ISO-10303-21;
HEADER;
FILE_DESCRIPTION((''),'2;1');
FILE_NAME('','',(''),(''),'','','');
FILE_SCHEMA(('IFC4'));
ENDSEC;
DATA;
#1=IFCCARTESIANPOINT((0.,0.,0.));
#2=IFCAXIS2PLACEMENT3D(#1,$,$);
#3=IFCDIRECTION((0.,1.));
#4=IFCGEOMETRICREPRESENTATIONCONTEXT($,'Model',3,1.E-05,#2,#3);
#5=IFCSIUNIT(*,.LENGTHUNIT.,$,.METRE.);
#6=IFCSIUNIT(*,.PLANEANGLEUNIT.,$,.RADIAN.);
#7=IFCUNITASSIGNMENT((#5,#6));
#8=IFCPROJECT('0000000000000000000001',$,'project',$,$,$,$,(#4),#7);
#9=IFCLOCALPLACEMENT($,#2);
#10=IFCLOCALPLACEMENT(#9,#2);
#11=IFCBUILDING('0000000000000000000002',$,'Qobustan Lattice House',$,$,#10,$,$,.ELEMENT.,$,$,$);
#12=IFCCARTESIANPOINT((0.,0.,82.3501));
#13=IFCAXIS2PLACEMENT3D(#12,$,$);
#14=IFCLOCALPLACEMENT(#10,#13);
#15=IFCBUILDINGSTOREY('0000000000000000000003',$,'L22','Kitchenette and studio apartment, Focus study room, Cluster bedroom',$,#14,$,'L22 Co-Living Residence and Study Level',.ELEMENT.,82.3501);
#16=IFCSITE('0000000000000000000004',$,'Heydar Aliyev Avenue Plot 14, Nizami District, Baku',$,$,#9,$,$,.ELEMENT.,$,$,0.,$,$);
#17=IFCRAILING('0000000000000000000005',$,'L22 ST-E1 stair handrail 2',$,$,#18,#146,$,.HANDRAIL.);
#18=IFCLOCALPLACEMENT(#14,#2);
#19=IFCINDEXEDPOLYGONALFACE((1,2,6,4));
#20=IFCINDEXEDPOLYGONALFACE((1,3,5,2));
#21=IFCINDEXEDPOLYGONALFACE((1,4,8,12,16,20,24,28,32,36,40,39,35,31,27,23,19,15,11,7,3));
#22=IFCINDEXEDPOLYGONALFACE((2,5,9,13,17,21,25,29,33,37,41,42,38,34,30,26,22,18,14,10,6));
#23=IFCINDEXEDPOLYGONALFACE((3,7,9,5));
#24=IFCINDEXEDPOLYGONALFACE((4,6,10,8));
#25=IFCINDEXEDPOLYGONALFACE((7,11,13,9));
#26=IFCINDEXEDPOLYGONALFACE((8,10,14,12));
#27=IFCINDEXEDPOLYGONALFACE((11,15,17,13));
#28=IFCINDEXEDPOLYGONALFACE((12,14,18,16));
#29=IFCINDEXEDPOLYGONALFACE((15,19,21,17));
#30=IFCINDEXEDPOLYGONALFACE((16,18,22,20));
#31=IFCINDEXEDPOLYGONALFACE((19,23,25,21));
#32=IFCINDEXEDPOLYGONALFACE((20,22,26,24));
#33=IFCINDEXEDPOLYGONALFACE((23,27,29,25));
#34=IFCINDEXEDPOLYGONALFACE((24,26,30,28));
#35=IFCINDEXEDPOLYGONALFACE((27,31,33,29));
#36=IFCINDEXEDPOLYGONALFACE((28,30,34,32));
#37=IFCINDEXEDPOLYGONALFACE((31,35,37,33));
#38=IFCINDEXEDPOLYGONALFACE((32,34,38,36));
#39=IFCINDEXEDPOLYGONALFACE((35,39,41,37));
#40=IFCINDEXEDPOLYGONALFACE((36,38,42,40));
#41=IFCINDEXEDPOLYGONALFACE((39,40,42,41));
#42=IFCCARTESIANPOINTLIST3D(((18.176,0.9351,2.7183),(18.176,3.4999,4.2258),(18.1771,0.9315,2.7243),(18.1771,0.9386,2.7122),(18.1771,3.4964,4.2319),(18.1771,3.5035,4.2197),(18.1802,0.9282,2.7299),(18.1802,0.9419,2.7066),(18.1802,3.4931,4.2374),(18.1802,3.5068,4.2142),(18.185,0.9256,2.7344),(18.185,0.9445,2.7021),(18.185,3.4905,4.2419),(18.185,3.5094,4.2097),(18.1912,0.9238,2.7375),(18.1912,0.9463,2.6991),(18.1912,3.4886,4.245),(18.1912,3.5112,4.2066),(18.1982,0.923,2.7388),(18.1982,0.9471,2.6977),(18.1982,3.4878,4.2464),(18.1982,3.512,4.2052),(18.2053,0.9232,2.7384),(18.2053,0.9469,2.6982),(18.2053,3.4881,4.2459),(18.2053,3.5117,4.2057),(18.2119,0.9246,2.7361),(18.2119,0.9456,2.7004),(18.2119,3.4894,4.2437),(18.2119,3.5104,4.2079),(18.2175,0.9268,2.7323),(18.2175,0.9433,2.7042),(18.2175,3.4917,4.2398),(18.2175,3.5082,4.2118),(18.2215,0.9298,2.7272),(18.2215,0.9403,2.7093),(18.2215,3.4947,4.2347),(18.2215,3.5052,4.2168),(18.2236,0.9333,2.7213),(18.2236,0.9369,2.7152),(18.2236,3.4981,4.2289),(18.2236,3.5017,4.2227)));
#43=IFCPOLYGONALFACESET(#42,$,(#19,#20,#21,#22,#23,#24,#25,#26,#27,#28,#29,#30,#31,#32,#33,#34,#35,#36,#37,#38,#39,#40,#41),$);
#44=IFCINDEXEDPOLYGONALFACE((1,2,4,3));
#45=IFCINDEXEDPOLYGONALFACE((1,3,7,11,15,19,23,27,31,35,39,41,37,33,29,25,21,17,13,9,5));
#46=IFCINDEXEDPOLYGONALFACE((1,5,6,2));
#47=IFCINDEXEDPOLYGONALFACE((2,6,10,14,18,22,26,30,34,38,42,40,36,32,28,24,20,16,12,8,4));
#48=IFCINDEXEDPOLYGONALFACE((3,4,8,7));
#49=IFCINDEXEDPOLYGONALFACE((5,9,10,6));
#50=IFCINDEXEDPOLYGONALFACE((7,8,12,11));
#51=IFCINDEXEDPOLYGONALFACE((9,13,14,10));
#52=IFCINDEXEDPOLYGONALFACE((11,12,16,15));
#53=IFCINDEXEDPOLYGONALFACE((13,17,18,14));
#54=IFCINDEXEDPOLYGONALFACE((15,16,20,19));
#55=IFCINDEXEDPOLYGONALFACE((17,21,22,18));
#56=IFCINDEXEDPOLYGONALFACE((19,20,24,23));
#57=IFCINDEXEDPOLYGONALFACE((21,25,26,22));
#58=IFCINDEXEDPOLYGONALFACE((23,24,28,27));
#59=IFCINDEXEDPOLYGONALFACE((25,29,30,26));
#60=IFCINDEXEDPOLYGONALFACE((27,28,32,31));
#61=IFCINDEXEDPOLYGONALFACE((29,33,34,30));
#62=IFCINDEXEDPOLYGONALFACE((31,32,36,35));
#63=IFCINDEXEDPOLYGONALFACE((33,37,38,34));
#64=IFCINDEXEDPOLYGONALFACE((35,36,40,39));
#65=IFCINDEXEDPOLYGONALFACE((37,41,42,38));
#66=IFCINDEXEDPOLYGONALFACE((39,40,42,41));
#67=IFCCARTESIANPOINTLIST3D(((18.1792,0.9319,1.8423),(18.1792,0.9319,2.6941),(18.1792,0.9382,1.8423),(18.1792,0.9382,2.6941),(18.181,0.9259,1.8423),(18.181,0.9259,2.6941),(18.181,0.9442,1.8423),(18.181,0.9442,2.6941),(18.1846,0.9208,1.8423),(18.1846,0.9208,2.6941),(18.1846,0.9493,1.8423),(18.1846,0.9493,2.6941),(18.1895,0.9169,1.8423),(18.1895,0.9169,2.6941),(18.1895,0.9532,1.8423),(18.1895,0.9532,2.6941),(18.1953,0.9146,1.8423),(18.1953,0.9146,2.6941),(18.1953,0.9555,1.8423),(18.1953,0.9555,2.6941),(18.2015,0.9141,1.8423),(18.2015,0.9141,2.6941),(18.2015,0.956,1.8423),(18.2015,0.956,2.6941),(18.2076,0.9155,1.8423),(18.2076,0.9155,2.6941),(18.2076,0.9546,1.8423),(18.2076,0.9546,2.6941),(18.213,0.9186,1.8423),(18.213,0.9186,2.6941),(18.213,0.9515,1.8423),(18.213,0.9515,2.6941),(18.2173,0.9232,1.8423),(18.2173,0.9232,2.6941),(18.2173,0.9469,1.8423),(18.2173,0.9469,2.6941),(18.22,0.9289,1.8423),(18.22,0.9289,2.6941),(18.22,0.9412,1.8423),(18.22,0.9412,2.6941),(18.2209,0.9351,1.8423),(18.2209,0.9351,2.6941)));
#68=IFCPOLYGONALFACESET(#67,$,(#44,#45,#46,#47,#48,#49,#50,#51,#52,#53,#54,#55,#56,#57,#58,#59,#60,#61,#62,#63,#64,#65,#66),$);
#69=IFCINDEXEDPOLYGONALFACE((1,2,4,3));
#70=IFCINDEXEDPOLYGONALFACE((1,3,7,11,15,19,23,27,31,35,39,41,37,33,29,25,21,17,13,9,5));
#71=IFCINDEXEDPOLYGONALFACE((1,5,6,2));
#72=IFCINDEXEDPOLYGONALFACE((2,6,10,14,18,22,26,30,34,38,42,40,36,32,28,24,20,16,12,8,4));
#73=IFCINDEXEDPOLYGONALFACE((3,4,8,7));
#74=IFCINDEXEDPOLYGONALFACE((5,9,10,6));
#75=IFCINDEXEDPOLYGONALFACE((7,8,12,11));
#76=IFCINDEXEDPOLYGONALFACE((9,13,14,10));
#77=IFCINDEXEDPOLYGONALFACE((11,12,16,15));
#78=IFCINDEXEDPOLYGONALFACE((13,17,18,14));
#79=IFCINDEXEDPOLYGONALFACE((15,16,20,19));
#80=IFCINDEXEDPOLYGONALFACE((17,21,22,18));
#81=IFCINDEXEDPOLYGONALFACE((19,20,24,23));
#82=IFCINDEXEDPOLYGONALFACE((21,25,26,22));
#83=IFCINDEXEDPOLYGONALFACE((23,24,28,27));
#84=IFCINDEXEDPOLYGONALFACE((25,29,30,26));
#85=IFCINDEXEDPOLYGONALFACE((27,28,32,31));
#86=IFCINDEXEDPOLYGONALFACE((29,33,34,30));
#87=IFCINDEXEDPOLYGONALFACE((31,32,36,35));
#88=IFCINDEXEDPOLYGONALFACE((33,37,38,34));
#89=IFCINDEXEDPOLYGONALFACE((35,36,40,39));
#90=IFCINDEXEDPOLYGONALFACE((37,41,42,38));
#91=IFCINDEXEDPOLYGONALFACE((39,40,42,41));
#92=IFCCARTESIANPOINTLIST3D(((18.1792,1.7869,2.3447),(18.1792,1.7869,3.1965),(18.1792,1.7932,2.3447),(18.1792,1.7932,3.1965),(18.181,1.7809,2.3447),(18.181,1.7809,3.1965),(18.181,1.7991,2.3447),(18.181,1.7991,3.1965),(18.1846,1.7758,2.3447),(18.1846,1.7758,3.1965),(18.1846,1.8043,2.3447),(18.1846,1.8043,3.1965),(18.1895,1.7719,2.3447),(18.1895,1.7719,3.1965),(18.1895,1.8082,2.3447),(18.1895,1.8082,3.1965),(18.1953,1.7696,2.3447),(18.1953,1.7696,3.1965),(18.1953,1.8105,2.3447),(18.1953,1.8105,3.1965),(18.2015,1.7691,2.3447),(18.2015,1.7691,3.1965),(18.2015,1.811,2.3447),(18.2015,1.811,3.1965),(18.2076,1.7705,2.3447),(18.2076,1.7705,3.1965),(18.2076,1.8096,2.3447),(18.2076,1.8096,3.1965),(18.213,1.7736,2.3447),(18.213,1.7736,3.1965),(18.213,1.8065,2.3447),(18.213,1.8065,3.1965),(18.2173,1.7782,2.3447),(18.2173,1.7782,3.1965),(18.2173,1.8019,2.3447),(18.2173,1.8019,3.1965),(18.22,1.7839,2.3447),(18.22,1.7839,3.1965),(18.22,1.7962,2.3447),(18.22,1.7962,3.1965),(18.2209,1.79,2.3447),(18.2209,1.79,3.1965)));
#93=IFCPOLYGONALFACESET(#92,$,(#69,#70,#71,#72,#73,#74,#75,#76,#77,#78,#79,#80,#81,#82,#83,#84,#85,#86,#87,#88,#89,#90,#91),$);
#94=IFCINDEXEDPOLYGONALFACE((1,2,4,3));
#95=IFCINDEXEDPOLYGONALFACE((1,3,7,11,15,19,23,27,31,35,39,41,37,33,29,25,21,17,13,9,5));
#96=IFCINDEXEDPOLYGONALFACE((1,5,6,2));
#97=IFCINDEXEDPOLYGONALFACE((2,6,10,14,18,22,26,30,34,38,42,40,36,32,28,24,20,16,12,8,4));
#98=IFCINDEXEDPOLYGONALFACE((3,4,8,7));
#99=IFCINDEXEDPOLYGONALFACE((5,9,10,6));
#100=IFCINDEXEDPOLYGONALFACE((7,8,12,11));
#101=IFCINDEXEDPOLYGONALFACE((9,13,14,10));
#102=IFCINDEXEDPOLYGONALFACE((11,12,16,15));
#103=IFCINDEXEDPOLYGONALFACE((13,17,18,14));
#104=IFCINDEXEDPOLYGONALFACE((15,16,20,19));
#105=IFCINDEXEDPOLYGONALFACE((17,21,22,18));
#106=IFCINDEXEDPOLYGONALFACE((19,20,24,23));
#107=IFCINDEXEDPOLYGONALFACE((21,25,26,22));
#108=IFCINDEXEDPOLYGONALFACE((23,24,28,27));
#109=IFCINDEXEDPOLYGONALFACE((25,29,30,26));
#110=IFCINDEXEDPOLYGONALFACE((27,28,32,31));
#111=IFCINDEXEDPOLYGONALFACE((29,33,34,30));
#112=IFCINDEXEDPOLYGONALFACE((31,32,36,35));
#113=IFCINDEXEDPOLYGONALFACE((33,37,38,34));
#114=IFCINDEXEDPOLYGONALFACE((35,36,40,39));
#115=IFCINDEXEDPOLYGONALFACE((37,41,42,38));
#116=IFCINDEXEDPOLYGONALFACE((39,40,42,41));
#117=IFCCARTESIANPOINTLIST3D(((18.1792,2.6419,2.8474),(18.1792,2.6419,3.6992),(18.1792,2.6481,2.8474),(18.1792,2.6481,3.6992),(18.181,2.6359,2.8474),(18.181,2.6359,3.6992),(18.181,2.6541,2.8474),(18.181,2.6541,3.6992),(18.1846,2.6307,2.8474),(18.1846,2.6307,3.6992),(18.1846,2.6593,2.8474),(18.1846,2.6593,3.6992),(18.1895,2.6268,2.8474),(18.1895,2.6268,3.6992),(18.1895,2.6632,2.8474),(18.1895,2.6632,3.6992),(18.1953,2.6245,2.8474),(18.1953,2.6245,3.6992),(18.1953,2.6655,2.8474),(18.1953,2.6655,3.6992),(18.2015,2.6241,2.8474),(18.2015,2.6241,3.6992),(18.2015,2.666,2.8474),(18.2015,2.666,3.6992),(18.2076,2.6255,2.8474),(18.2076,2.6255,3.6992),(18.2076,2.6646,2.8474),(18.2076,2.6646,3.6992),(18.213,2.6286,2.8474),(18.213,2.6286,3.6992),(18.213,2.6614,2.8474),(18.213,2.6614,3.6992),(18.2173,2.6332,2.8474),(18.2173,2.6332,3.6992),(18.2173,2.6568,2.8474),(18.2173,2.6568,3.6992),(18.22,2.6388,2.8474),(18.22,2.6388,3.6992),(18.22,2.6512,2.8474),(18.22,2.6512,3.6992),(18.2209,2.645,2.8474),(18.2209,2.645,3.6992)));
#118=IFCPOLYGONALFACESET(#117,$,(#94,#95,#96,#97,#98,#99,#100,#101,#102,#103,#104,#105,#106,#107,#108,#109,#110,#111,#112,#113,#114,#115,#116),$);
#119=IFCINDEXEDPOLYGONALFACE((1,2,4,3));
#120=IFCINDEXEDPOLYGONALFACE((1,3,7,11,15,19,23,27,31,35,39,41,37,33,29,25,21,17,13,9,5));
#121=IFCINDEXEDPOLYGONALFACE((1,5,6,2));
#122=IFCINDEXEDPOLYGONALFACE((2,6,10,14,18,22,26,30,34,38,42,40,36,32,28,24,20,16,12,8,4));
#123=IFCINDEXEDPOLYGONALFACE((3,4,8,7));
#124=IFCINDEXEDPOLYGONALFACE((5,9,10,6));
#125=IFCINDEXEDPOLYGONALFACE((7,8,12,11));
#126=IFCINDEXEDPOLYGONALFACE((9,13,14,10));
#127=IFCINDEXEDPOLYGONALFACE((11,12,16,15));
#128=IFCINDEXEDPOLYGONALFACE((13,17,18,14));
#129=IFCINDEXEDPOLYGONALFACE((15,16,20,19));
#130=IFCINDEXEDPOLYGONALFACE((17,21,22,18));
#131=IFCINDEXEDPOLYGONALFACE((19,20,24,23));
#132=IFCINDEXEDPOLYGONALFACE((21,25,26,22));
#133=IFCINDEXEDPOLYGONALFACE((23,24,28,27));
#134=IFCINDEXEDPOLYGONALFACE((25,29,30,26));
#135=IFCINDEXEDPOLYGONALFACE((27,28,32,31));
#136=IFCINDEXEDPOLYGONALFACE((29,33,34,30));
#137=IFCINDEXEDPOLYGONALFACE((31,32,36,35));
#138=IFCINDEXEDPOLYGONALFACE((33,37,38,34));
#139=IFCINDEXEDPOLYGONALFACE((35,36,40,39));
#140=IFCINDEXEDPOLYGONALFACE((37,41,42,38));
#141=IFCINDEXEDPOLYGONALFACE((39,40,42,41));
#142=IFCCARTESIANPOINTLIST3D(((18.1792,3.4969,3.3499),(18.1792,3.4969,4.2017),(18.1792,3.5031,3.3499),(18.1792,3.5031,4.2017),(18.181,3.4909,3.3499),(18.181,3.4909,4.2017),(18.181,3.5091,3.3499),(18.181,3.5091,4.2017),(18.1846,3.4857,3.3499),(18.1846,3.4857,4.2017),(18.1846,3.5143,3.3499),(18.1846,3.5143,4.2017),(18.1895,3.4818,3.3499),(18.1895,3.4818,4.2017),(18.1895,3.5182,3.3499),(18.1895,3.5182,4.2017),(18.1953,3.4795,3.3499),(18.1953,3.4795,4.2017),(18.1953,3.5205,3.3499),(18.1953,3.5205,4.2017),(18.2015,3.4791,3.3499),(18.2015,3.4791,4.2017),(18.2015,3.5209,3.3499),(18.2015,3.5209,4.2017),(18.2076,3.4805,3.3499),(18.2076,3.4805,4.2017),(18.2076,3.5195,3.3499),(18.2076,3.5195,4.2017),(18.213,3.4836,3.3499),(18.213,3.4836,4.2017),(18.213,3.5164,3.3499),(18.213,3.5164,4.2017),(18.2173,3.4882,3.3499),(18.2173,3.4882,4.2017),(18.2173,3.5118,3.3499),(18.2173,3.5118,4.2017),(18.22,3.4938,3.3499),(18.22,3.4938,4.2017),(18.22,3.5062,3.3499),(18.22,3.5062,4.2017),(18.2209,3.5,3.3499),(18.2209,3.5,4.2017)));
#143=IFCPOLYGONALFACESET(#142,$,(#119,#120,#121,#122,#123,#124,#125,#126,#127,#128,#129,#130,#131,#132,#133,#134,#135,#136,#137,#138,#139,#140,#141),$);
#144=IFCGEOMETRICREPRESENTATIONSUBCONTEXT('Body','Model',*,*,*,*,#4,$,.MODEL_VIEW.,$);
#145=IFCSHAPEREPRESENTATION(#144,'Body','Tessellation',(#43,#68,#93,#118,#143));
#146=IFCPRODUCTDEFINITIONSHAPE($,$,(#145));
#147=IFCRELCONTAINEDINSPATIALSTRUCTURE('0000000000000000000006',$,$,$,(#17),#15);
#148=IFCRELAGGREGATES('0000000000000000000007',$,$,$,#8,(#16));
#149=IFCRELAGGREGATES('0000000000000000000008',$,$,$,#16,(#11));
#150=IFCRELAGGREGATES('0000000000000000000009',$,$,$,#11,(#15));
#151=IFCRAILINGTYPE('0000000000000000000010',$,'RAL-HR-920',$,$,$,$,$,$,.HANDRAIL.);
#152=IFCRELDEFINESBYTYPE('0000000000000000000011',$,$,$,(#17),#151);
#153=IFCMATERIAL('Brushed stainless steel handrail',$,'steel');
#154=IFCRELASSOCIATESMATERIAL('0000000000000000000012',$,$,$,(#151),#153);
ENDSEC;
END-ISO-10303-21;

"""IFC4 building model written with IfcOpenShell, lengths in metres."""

from ifc_helpers import new_model, si_unit, direction, frame, origin, origin_2d, place, context, subcontext, project, spatial, circle, extrude, material, type_object, element, save


model = new_model("IFC4")

# Units and contexts
model_context = context("Model", 3, precision=1e-05, world=origin(), true_north=direction((0.0, 1.0)))
body_context = subcontext(model_context, "Body", "Model", "MODEL_VIEW")
ifc_project = project(units=[si_unit("LENGTHUNIT", "METRE"), si_unit("PLANEANGLEUNIT", "RADIAN")], contexts=[model_context])

# Site, building, storey
site_placement = place(None, origin())
site = spatial("IfcSite", under=ifc_project, at=site_placement, Name="Heydar Aliyev Avenue Plot 14, Nizami District, Baku", CompositionType="ELEMENT", RefElevation=0.0)
building_placement = place(site_placement, origin())
building = spatial("IfcBuilding", under=site, at=building_placement, Name="Qobustan Lattice House", CompositionType="ELEMENT")
storey_placement = place(building_placement, frame((0.0, 0.0, 82.3501)))
storey = spatial("IfcBuildingStorey", under=building, at=storey_placement, Name="L22", Description="Kitchenette and studio apartment, Focus study room, Cluster bedroom", LongName="L22 Co-Living Residence and Study Level", CompositionType="ELEMENT", Elevation=82.3501)

# Railing
ifc_material_1 = material(Name="Brushed stainless steel handrail", Category="steel")
railing_type = type_object("IfcRailingType", Name="RAL-HR-920", PredefinedType="HANDRAIL", material=ifc_material_1)
railing_placement = place(storey_placement, frame((18.2, 0.9351, 1.8423)))
element("IfcRailing", 1, at=railing_placement, inside=storey, type_object=railing_type, Name="L22 ST-E1 stair handrail 2", PredefinedType="HANDRAIL", context=body_context, shape_type="SweptSolid", body=[
    extrude(circle(Radius=0.0239, at=origin_2d()), frame((0.0, 0.0, 0.876), z_axis=(0.0, 0.862113, 0.506715), x_axis=(-1.0, 0.0, 0.0)), (0.0, 0.0, 1.0), 2.9751),
    extrude(circle(Radius=0.021, at=origin_2d()), origin(), (0.0, 0.0, 1.0), 0.8518),
    extrude(circle(Radius=0.021, at=origin_2d()), frame((0.0, 0.855, 0.5024)), (0.0, 0.0, 1.0), 0.8518),
    extrude(circle(Radius=0.021, at=origin_2d()), frame((0.0, 1.71, 1.0051)), (0.0, 0.0, 1.0), 0.8518),
    extrude(circle(Radius=0.021, at=origin_2d()), frame((0.0, 2.5649, 1.5076)), (0.0, 0.0, 1.0), 0.8518),
])

save(model, "model.ifc")
